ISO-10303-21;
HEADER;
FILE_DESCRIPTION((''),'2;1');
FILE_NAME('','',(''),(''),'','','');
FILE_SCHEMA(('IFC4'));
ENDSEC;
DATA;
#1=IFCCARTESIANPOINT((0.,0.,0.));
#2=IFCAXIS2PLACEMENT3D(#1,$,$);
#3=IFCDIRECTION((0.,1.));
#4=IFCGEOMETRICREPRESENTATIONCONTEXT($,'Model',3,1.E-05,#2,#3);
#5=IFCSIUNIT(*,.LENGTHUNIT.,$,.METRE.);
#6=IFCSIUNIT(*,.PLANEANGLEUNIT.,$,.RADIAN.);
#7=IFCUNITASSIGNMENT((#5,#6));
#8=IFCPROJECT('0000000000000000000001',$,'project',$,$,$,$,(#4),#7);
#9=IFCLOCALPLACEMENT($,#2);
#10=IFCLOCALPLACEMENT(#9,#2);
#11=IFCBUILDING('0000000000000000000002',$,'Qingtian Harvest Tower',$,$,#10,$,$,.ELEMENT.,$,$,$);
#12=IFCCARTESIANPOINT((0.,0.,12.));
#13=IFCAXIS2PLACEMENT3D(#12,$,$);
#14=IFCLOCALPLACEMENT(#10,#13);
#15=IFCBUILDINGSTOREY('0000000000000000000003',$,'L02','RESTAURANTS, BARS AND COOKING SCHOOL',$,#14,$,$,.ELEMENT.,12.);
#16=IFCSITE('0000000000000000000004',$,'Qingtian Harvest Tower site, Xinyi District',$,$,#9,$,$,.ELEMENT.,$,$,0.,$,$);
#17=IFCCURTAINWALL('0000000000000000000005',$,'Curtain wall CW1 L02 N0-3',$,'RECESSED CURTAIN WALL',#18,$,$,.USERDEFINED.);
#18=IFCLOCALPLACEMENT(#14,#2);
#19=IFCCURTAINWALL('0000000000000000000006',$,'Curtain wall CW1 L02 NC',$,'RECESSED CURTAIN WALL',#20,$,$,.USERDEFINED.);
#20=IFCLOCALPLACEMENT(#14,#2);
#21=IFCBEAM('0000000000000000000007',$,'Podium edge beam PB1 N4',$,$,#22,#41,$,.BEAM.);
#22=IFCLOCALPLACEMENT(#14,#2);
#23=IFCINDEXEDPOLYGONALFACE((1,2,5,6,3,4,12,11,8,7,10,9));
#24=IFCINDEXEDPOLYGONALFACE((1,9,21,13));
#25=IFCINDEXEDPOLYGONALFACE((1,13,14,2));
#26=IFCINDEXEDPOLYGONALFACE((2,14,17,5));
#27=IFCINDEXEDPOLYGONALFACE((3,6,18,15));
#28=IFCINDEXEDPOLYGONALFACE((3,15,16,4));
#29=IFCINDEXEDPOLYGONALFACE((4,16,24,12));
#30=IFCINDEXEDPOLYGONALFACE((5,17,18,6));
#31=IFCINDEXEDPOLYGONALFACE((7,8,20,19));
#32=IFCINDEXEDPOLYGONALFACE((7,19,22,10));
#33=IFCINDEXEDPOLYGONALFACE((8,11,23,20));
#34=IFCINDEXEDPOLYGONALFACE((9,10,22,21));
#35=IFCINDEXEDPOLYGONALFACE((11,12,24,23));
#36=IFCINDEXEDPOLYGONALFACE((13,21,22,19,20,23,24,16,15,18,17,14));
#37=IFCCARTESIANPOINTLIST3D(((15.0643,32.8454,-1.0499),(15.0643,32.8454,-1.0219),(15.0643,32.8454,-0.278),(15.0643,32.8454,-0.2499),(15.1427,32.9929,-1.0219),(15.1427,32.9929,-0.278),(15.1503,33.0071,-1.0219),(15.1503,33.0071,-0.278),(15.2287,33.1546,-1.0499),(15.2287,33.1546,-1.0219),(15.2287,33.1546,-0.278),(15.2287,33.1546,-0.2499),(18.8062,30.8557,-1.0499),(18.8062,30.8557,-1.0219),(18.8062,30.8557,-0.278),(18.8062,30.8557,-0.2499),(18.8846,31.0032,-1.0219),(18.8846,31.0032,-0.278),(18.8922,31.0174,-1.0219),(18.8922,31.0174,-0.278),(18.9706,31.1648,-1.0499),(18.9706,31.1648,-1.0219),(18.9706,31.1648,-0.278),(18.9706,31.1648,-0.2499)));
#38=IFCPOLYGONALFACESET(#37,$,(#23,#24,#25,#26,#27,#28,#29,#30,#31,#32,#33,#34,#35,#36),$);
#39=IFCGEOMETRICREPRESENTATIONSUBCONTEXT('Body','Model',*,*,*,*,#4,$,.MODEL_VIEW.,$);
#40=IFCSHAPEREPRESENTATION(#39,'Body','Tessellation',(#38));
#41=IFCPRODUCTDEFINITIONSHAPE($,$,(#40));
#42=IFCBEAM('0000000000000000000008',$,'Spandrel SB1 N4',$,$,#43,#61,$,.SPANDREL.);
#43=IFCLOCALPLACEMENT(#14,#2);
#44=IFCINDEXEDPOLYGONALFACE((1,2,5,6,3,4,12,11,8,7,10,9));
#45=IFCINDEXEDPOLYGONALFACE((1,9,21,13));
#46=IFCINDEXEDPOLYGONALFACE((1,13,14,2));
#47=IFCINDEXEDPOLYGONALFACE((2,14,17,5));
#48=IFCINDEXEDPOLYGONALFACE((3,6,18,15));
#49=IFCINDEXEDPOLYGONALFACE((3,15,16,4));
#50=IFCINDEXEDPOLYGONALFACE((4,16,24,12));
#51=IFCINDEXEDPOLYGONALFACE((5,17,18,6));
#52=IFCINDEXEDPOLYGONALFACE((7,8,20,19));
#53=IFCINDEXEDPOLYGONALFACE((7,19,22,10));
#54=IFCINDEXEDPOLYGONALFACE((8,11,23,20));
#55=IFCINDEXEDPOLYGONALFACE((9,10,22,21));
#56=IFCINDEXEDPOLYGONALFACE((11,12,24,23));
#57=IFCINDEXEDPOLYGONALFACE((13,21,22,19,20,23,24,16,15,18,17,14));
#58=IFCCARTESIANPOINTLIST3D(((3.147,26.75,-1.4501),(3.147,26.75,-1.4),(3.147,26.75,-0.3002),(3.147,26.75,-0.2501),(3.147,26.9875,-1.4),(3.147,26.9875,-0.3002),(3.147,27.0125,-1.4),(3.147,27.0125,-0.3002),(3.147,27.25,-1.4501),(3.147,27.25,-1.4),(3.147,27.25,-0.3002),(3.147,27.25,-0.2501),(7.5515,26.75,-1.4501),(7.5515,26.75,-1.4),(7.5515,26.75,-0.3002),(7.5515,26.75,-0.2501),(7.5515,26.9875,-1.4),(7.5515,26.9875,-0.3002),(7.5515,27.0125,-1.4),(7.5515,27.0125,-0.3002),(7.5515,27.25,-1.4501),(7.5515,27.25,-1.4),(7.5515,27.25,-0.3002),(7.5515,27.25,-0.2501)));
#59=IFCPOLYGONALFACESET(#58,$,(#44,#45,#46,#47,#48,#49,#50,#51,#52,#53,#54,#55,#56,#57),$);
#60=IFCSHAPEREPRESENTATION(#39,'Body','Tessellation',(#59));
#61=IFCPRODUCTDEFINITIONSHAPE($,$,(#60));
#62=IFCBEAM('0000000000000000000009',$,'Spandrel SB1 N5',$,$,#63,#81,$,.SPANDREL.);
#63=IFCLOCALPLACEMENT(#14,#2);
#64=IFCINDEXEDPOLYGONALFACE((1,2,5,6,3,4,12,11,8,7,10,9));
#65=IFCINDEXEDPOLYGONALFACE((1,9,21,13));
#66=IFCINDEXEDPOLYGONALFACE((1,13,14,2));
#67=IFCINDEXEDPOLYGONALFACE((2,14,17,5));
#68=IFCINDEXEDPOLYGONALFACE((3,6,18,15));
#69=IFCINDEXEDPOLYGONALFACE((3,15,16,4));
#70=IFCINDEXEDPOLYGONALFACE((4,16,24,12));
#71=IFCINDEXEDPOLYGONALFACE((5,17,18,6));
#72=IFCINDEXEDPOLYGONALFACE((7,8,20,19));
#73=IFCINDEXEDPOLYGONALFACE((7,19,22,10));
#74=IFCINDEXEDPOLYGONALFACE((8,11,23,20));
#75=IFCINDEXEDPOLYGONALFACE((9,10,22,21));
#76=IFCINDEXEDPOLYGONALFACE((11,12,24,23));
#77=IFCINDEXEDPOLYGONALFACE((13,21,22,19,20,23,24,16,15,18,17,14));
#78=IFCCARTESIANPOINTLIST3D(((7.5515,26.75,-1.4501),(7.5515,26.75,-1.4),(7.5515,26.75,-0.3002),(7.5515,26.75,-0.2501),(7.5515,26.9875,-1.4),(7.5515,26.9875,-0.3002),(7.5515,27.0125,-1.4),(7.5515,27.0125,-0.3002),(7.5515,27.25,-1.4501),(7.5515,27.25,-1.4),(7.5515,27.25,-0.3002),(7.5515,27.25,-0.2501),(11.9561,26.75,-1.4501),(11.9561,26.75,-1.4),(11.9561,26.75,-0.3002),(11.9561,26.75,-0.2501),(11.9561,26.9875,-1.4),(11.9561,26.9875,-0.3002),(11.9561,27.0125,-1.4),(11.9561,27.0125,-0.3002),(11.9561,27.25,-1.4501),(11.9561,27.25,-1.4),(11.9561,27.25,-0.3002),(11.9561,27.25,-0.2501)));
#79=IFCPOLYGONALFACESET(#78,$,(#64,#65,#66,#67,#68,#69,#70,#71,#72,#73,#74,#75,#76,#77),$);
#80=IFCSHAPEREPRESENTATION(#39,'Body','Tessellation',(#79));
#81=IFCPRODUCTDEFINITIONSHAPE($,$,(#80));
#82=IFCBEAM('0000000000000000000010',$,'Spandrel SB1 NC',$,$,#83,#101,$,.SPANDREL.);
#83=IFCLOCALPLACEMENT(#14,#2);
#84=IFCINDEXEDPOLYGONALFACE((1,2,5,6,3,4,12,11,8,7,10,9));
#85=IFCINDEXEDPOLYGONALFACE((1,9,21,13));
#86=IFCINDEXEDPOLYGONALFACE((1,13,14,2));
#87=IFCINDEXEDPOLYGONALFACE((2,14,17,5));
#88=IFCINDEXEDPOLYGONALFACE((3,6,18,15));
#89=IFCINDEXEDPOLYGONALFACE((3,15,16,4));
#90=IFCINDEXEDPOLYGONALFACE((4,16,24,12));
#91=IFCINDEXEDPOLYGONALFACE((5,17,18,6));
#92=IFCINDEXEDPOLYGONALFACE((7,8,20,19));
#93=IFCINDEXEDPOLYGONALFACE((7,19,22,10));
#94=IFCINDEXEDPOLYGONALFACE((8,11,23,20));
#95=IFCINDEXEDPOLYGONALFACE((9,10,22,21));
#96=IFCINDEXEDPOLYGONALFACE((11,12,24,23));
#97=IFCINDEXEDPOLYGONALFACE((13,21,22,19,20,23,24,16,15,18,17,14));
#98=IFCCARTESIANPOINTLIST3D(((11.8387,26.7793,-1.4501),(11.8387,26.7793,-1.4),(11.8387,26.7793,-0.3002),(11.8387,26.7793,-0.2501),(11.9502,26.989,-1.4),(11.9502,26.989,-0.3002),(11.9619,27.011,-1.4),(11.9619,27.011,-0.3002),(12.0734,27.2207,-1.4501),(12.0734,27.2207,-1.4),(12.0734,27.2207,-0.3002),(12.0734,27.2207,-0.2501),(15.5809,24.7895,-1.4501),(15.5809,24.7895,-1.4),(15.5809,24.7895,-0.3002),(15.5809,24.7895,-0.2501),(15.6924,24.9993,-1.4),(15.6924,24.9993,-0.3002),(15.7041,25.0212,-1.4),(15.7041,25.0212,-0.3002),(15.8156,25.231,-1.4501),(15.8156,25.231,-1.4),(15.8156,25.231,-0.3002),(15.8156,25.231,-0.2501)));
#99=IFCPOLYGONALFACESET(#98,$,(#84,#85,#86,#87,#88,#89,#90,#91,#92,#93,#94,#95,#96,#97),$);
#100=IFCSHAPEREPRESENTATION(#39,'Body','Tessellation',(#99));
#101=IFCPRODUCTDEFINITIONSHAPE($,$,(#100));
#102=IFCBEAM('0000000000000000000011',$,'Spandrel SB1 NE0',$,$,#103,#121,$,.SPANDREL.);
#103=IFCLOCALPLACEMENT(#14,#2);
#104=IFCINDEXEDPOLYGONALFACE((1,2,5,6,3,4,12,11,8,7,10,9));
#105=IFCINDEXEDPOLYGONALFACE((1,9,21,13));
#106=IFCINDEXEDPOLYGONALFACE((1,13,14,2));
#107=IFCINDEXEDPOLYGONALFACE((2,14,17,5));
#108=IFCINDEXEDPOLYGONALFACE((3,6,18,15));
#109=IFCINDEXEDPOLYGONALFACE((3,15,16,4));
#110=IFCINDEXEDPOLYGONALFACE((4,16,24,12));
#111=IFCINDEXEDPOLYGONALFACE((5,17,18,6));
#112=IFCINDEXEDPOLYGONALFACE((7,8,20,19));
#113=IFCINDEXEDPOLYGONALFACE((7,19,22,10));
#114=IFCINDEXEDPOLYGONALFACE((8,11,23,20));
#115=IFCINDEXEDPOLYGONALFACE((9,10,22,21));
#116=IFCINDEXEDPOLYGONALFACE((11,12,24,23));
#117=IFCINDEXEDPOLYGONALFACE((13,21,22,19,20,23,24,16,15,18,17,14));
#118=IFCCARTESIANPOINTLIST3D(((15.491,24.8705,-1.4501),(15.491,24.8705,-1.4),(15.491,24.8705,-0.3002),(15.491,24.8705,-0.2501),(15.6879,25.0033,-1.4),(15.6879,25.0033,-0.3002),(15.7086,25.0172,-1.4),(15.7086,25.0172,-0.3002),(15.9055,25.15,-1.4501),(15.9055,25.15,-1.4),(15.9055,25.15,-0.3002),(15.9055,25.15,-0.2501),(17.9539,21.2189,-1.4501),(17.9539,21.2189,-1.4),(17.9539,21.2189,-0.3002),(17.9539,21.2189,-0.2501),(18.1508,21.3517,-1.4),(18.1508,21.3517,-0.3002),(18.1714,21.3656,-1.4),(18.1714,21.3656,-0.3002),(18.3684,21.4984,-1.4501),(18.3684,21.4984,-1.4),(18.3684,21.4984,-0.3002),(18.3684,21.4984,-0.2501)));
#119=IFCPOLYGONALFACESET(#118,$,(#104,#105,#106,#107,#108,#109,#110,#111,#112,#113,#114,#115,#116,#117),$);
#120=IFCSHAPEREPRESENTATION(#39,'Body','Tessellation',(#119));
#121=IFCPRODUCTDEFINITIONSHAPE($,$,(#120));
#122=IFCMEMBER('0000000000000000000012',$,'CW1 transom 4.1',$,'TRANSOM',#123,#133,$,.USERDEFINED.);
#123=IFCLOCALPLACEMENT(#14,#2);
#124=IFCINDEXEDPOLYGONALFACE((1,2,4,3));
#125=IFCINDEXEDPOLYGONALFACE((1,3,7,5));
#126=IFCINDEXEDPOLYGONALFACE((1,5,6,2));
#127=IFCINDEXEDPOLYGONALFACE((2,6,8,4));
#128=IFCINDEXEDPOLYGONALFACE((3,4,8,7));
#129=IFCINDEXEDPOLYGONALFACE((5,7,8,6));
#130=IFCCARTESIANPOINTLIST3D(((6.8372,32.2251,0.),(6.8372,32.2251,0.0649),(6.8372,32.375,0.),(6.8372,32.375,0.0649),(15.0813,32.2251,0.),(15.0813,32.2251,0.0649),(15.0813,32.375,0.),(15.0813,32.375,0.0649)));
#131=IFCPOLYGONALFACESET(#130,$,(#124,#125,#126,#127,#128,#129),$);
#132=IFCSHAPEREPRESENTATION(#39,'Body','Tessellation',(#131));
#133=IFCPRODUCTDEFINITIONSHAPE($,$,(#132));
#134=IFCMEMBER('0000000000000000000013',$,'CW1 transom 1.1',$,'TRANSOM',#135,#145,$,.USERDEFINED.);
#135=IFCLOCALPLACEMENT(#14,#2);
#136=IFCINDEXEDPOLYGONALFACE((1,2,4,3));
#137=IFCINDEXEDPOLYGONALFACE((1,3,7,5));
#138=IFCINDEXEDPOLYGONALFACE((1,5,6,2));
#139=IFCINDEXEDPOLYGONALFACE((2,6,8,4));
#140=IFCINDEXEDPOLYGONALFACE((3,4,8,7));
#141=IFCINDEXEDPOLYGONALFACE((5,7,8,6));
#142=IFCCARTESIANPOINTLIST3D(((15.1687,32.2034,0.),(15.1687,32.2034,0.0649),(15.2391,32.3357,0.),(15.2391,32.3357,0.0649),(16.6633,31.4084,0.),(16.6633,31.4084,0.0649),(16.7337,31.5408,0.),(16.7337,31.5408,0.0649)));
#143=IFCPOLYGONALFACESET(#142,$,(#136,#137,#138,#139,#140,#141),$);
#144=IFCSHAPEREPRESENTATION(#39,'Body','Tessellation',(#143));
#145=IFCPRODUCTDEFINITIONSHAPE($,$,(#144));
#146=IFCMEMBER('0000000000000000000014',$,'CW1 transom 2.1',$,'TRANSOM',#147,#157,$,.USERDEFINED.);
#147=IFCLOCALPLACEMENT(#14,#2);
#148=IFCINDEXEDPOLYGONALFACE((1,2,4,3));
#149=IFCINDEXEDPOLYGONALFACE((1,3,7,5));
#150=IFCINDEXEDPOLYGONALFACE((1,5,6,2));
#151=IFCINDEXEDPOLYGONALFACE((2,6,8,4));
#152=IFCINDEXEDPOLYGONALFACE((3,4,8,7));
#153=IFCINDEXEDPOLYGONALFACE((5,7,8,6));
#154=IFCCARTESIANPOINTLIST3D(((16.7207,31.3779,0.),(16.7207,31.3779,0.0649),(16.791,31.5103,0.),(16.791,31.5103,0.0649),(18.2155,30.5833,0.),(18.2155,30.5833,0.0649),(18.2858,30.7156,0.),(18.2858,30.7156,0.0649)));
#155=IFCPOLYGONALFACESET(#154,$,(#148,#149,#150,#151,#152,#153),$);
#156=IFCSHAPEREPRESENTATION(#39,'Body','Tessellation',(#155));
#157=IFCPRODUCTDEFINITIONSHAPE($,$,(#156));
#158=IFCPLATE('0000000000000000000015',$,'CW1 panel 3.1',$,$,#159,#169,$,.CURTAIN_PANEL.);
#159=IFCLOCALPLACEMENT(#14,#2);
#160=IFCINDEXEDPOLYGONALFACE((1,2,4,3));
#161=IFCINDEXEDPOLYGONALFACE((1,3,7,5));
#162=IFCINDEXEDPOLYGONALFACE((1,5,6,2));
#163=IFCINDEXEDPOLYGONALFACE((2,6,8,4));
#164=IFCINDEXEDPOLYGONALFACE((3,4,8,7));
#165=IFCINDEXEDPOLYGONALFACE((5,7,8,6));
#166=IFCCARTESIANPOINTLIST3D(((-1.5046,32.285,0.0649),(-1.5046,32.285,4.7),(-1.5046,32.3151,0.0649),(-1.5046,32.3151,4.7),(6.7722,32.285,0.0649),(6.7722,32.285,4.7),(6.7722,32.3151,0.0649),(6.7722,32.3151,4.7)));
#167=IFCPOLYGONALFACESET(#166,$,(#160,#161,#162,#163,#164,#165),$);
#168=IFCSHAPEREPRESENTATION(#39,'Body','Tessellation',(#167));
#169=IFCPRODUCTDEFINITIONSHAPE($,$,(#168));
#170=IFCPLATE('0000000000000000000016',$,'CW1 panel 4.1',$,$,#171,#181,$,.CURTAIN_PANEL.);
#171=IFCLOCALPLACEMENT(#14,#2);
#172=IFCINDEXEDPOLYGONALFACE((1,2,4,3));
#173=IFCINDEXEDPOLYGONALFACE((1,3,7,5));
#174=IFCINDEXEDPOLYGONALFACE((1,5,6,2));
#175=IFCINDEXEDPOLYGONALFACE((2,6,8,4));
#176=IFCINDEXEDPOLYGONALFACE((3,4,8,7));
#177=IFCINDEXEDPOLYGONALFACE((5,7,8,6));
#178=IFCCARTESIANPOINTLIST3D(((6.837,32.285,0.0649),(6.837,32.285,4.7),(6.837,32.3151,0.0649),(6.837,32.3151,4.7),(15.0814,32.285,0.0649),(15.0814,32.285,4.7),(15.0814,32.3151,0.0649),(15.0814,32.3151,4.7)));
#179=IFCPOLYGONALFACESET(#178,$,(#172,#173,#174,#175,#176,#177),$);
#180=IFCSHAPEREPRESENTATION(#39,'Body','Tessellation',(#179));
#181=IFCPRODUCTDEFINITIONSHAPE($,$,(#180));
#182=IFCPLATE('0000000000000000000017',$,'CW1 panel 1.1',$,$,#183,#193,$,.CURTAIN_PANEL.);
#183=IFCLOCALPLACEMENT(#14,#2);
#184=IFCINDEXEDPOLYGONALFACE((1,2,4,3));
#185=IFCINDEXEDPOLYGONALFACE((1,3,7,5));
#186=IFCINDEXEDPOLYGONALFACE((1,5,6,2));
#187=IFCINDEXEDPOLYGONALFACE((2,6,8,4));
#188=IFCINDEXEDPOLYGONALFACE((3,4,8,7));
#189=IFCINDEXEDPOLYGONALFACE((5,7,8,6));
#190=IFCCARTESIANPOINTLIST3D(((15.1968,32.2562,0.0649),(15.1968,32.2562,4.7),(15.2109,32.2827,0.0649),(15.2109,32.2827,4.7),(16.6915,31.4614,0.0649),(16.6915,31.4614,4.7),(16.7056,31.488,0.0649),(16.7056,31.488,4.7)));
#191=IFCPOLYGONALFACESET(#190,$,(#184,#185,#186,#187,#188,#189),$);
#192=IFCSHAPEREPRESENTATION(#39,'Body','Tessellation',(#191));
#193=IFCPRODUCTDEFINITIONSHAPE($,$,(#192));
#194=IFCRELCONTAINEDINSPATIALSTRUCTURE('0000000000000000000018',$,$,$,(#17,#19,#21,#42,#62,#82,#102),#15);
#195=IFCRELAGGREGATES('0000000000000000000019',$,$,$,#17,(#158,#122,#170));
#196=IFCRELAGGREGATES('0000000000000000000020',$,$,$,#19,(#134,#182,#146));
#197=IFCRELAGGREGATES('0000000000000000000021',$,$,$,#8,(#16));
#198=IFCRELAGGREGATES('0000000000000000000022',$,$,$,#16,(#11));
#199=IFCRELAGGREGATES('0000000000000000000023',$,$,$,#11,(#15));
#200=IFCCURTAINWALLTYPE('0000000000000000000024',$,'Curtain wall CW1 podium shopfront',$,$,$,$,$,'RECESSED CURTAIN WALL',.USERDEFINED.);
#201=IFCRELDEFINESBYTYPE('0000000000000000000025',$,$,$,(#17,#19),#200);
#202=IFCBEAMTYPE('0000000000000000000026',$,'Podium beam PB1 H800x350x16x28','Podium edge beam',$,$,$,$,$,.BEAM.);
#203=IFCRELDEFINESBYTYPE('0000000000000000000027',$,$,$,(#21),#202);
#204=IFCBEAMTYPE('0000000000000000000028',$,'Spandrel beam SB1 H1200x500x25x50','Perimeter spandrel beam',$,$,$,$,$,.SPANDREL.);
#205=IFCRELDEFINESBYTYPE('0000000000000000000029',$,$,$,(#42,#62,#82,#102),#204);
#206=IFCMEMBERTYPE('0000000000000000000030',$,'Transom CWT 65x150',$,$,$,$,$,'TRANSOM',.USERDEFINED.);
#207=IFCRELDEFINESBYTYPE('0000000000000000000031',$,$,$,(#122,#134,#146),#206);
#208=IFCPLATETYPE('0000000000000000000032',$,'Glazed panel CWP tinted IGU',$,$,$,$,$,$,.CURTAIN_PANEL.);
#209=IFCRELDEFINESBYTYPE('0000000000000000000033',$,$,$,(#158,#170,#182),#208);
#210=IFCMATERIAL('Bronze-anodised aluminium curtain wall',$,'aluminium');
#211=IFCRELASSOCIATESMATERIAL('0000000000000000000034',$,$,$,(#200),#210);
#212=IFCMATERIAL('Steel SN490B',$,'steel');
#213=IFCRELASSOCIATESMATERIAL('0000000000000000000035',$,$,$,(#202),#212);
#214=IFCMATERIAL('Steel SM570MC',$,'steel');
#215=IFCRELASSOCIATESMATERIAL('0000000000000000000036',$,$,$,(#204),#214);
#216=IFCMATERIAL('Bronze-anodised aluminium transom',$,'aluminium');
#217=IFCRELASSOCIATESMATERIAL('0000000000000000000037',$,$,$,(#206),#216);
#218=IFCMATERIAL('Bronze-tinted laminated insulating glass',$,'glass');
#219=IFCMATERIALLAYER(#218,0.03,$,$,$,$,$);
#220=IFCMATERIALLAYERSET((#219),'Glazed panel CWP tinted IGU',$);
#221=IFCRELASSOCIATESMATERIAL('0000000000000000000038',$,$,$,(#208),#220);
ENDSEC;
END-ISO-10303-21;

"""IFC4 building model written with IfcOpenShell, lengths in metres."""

from ifc_helpers import new_model, si_unit, direction, frame, origin, origin_2d, place, context, subcontext, project, spatial, rectangle, i_section, extrude, material, layer, layer_set, material_profile, profile_set, type_object, element, aggregate, save


model = new_model("IFC4")

# Units and contexts
model_context = context("Model", 3, precision=1e-05, world=origin(), true_north=direction((0.0, 1.0)))
body_context = subcontext(model_context, "Body", "Model", "MODEL_VIEW")
ifc_project = project(units=[si_unit("LENGTHUNIT", "METRE"), si_unit("PLANEANGLEUNIT", "RADIAN")], contexts=[model_context])

# Site, building, storey
site_placement = place(None, origin())
site = spatial("IfcSite", under=ifc_project, at=site_placement, Name="Qingtian Harvest Tower site, Xinyi District", CompositionType="ELEMENT", RefElevation=0.0)
building_placement = place(site_placement, origin())
building = spatial("IfcBuilding", under=site, at=building_placement, Name="Qingtian Harvest Tower", CompositionType="ELEMENT")
storey_placement = place(building_placement, frame((0.0, 0.0, 12.0)))
storey = spatial("IfcBuildingStorey", under=building, at=storey_placement, Name="L02", Description="RESTAURANTS, BARS AND COOKING SCHOOL", CompositionType="ELEMENT", Elevation=12.0)

# Curtain walls
ifc_material_1 = material(Name="Bronze-anodised aluminium curtain wall", Category="aluminium")
curtain_wall_type = type_object("IfcCurtainWallType", Name="Curtain wall CW1 podium shopfront", ElementType="RECESSED CURTAIN WALL", PredefinedType="USERDEFINED", material=ifc_material_1)
curtain_wall_1_placement = place(storey_placement, origin())
curtain_wall_1 = element("IfcCurtainWall", 1, at=curtain_wall_1_placement, inside=storey, type_object=curtain_wall_type, Name="Curtain wall CW1 L02 N0-3", ObjectType="RECESSED CURTAIN WALL", PredefinedType="USERDEFINED")
curtain_wall_2_placement = place(storey_placement, origin())
curtain_wall_2 = element("IfcCurtainWall", 2, at=curtain_wall_2_placement, inside=storey, type_object=curtain_wall_type, Name="Curtain wall CW1 L02 NC", ObjectType="RECESSED CURTAIN WALL", PredefinedType="USERDEFINED")

# Beams
ifc_material_2 = material(Name="Steel SN490B", Category="steel")
ifc_material_profile_1 = material_profile(ifc_material_2, i_section(OverallWidth=0.3501, OverallDepth=0.8, WebThickness=0.0161, FlangeThickness=0.0281, at=origin_2d()), Name="H800x350x16x28")
ifc_profile_set_1 = profile_set([ifc_material_profile_1], Name="Steel SN490B")
beam_type_1 = type_object("IfcBeamType", Name="Podium beam PB1 H800x350x16x28", Description="Podium edge beam", PredefinedType="BEAM", material=ifc_profile_set_1)
beam_1_placement = place(storey_placement, frame((15.1465, 33.0, -0.6499), z_axis=(0.882936, -0.469494, 0.0), x_axis=(0.469494, 0.882936, 0.0)))
element("IfcBeam", 3, at=beam_1_placement, inside=storey, type_object=beam_type_1, Name="Podium edge beam PB1 N4", PredefinedType="BEAM", context=body_context, shape_type="SweptSolid", body=[
    extrude(i_section(OverallWidth=0.3501, OverallDepth=0.8, WebThickness=0.0161, FlangeThickness=0.0281, at=origin_2d()), origin(), (0.0, 0.0, 1.0), 4.238),
])
ifc_material_3 = material(Name="Steel SM570MC", Category="steel")
ifc_material_profile_2 = material_profile(ifc_material_3, i_section(OverallWidth=0.5, OverallDepth=1.2, WebThickness=0.0249, FlangeThickness=0.05, at=origin_2d()), Name="H1200x500x25x50")
ifc_profile_set_2 = profile_set([ifc_material_profile_2], Name="Steel SM570MC")
beam_type_2 = type_object("IfcBeamType", Name="Spandrel beam SB1 H1200x500x25x50", Description="Perimeter spandrel beam", PredefinedType="SPANDREL", material=ifc_profile_set_2)
for number, where, z_axis, x_axis, name in (
    (4, (3.147, 27.0, -0.8501), (1.0, 0.0, 0.0), (0.0, 1.0, 0.0), "Spandrel SB1 N4"),
    (5, (7.5515, 27.0, -0.8501), (1.0, 0.0, 0.0), (0.0, 1.0, 0.0), "Spandrel SB1 N5"),
):
    element("IfcBeam", number, at=place(storey_placement, frame(where, z_axis=z_axis, x_axis=x_axis)), inside=storey, type_object=beam_type_2, Name=name, PredefinedType="SPANDREL", context=body_context, shape_type="SweptSolid", body=[
        extrude(i_section(OverallWidth=0.5, OverallDepth=1.2, WebThickness=0.0249, FlangeThickness=0.05, at=origin_2d()), origin(), (0.0, 0.0, 1.0), 4.4045),
    ])
beam_2_placement = place(storey_placement, frame((11.9561, 27.0, -0.8501), z_axis=(0.882949, -0.46947, 0.0), x_axis=(0.46947, 0.882949, 0.0)))
element("IfcBeam", 6, at=beam_2_placement, inside=storey, type_object=beam_type_2, Name="Spandrel SB1 NC", PredefinedType="SPANDREL", context=body_context, shape_type="SweptSolid", body=[
    extrude(i_section(OverallWidth=0.5, OverallDepth=1.2, WebThickness=0.0249, FlangeThickness=0.05, at=origin_2d()), origin(), (0.0, 0.0, 1.0), 4.2383),
])
beam_3_placement = place(storey_placement, frame((15.6982, 25.0103, -0.8501), z_axis=(0.559169, -0.829054, 0.0), x_axis=(0.829054, 0.559169, 0.0)))
element("IfcBeam", 7, at=beam_3_placement, inside=storey, type_object=beam_type_2, Name="Spandrel SB1 NE0", PredefinedType="SPANDREL", context=body_context, shape_type="SweptSolid", body=[
    extrude(i_section(OverallWidth=0.5, OverallDepth=1.2, WebThickness=0.0249, FlangeThickness=0.05, at=origin_2d()), origin(), (0.0, 0.0, 1.0), 4.4045),
])

# Members
ifc_material_4 = material(Name="Bronze-anodised aluminium transom", Category="aluminium")
ifc_material_profile_3 = material_profile(ifc_material_4, rectangle(XDim=0.1499, YDim=0.0649, at=origin_2d()), Name="AL 65x150")
ifc_profile_set_3 = profile_set([ifc_material_profile_3], Name="Bronze-anodised aluminium transom")
member_type_1 = type_object("IfcMemberType", Name="Transom CWT 65x150", ElementType="TRANSOM", PredefinedType="USERDEFINED", material=ifc_profile_set_3)
member_1_placement = place(storey_placement, frame((6.8372, 32.3, 0.0325), z_axis=(1.0, 0.0, 0.0), x_axis=(0.0, 1.0, 0.0)))
member_1 = element("IfcMember", 8, at=member_1_placement, type_object=member_type_1, Name="CW1 transom 4.1", ObjectType="TRANSOM", PredefinedType="USERDEFINED", context=body_context, shape_type="SweptSolid", body=[
    extrude(rectangle(XDim=0.1499, YDim=0.0649, at=origin_2d()), origin(), (0.0, 0.0, 1.0), 8.2441),
])
member_2_placement = place(storey_placement, frame((15.2039, 32.2695, 0.0325), z_axis=(0.882895, -0.46957, 0.0), x_axis=(0.46957, 0.882895, 0.0)))
member_2 = element("IfcMember", 9, at=member_2_placement, type_object=member_type_1, Name="CW1 transom 1.1", ObjectType="TRANSOM", PredefinedType="USERDEFINED", context=body_context, shape_type="SweptSolid", body=[
    extrude(rectangle(XDim=0.1499, YDim=0.0649, at=origin_2d()), origin(), (0.0, 0.0, 1.0), 1.6929),
])
member_3_placement = place(storey_placement, frame((16.7559, 31.4441, 0.0325), z_axis=(0.882987, -0.469398, 0.0), x_axis=(0.469398, 0.882987, 0.0)))
member_3 = element("IfcMember", 10, at=member_3_placement, type_object=member_type_1, Name="CW1 transom 2.1", ObjectType="TRANSOM", PredefinedType="USERDEFINED", context=body_context, shape_type="SweptSolid", body=[
    extrude(rectangle(XDim=0.1499, YDim=0.0649, at=origin_2d()), origin(), (0.0, 0.0, 1.0), 1.6929),
])

# Plates
ifc_material_5 = material(Name="Bronze-tinted laminated insulating glass", Category="glass")
ifc_layer_1 = layer(ifc_material_5, 0.03)
ifc_layer_set_1 = layer_set([ifc_layer_1], Name="Glazed panel CWP tinted IGU")
plate_type = type_object("IfcPlateType", Name="Glazed panel CWP tinted IGU", PredefinedType="CURTAIN_PANEL", material=ifc_layer_set_1)
plate_1_placement = place(storey_placement, frame((2.6338, 32.3, 0.0649), z_axis=(0.0, 0.0, 1.0), x_axis=(1.0, 0.0, 0.0)))
plate_1 = element("IfcPlate", 11, at=plate_1_placement, type_object=plate_type, Name="CW1 panel 3.1", PredefinedType="CURTAIN_PANEL", context=body_context, shape_type="SweptSolid", body=[
    extrude(rectangle(XDim=8.2769, YDim=0.03, at=origin_2d()), origin(), (0.0, 0.0, 1.0), 4.635),
])
plate_2_placement = place(storey_placement, frame((10.9592, 32.3, 0.0649), z_axis=(0.0, 0.0, 1.0), x_axis=(1.0, 0.0, 0.0)))
plate_2 = element("IfcPlate", 12, at=plate_2_placement, type_object=plate_type, Name="CW1 panel 4.1", PredefinedType="CURTAIN_PANEL", context=body_context, shape_type="SweptSolid", body=[
    extrude(rectangle(XDim=8.2444, YDim=0.03, at=origin_2d()), origin(), (0.0, 0.0, 1.0), 4.635),
])
aggregate(curtain_wall_1, [plate_1, member_1, plate_2])
plate_3_placement = place(storey_placement, frame((15.9512, 31.8721, 0.0649), z_axis=(0.0, 0.0, 1.0), x_axis=(0.882948, -0.469472, 0.0)))
plate_3 = element("IfcPlate", 13, at=plate_3_placement, type_object=plate_type, Name="CW1 panel 1.1", PredefinedType="CURTAIN_PANEL", context=body_context, shape_type="SweptSolid", body=[
    extrude(rectangle(XDim=1.6929, YDim=0.03, at=origin_2d()), origin(), (0.0, 0.0, 1.0), 4.635),
])
aggregate(curtain_wall_2, [member_2, plate_3, member_3])

save(model, "model.ifc")
